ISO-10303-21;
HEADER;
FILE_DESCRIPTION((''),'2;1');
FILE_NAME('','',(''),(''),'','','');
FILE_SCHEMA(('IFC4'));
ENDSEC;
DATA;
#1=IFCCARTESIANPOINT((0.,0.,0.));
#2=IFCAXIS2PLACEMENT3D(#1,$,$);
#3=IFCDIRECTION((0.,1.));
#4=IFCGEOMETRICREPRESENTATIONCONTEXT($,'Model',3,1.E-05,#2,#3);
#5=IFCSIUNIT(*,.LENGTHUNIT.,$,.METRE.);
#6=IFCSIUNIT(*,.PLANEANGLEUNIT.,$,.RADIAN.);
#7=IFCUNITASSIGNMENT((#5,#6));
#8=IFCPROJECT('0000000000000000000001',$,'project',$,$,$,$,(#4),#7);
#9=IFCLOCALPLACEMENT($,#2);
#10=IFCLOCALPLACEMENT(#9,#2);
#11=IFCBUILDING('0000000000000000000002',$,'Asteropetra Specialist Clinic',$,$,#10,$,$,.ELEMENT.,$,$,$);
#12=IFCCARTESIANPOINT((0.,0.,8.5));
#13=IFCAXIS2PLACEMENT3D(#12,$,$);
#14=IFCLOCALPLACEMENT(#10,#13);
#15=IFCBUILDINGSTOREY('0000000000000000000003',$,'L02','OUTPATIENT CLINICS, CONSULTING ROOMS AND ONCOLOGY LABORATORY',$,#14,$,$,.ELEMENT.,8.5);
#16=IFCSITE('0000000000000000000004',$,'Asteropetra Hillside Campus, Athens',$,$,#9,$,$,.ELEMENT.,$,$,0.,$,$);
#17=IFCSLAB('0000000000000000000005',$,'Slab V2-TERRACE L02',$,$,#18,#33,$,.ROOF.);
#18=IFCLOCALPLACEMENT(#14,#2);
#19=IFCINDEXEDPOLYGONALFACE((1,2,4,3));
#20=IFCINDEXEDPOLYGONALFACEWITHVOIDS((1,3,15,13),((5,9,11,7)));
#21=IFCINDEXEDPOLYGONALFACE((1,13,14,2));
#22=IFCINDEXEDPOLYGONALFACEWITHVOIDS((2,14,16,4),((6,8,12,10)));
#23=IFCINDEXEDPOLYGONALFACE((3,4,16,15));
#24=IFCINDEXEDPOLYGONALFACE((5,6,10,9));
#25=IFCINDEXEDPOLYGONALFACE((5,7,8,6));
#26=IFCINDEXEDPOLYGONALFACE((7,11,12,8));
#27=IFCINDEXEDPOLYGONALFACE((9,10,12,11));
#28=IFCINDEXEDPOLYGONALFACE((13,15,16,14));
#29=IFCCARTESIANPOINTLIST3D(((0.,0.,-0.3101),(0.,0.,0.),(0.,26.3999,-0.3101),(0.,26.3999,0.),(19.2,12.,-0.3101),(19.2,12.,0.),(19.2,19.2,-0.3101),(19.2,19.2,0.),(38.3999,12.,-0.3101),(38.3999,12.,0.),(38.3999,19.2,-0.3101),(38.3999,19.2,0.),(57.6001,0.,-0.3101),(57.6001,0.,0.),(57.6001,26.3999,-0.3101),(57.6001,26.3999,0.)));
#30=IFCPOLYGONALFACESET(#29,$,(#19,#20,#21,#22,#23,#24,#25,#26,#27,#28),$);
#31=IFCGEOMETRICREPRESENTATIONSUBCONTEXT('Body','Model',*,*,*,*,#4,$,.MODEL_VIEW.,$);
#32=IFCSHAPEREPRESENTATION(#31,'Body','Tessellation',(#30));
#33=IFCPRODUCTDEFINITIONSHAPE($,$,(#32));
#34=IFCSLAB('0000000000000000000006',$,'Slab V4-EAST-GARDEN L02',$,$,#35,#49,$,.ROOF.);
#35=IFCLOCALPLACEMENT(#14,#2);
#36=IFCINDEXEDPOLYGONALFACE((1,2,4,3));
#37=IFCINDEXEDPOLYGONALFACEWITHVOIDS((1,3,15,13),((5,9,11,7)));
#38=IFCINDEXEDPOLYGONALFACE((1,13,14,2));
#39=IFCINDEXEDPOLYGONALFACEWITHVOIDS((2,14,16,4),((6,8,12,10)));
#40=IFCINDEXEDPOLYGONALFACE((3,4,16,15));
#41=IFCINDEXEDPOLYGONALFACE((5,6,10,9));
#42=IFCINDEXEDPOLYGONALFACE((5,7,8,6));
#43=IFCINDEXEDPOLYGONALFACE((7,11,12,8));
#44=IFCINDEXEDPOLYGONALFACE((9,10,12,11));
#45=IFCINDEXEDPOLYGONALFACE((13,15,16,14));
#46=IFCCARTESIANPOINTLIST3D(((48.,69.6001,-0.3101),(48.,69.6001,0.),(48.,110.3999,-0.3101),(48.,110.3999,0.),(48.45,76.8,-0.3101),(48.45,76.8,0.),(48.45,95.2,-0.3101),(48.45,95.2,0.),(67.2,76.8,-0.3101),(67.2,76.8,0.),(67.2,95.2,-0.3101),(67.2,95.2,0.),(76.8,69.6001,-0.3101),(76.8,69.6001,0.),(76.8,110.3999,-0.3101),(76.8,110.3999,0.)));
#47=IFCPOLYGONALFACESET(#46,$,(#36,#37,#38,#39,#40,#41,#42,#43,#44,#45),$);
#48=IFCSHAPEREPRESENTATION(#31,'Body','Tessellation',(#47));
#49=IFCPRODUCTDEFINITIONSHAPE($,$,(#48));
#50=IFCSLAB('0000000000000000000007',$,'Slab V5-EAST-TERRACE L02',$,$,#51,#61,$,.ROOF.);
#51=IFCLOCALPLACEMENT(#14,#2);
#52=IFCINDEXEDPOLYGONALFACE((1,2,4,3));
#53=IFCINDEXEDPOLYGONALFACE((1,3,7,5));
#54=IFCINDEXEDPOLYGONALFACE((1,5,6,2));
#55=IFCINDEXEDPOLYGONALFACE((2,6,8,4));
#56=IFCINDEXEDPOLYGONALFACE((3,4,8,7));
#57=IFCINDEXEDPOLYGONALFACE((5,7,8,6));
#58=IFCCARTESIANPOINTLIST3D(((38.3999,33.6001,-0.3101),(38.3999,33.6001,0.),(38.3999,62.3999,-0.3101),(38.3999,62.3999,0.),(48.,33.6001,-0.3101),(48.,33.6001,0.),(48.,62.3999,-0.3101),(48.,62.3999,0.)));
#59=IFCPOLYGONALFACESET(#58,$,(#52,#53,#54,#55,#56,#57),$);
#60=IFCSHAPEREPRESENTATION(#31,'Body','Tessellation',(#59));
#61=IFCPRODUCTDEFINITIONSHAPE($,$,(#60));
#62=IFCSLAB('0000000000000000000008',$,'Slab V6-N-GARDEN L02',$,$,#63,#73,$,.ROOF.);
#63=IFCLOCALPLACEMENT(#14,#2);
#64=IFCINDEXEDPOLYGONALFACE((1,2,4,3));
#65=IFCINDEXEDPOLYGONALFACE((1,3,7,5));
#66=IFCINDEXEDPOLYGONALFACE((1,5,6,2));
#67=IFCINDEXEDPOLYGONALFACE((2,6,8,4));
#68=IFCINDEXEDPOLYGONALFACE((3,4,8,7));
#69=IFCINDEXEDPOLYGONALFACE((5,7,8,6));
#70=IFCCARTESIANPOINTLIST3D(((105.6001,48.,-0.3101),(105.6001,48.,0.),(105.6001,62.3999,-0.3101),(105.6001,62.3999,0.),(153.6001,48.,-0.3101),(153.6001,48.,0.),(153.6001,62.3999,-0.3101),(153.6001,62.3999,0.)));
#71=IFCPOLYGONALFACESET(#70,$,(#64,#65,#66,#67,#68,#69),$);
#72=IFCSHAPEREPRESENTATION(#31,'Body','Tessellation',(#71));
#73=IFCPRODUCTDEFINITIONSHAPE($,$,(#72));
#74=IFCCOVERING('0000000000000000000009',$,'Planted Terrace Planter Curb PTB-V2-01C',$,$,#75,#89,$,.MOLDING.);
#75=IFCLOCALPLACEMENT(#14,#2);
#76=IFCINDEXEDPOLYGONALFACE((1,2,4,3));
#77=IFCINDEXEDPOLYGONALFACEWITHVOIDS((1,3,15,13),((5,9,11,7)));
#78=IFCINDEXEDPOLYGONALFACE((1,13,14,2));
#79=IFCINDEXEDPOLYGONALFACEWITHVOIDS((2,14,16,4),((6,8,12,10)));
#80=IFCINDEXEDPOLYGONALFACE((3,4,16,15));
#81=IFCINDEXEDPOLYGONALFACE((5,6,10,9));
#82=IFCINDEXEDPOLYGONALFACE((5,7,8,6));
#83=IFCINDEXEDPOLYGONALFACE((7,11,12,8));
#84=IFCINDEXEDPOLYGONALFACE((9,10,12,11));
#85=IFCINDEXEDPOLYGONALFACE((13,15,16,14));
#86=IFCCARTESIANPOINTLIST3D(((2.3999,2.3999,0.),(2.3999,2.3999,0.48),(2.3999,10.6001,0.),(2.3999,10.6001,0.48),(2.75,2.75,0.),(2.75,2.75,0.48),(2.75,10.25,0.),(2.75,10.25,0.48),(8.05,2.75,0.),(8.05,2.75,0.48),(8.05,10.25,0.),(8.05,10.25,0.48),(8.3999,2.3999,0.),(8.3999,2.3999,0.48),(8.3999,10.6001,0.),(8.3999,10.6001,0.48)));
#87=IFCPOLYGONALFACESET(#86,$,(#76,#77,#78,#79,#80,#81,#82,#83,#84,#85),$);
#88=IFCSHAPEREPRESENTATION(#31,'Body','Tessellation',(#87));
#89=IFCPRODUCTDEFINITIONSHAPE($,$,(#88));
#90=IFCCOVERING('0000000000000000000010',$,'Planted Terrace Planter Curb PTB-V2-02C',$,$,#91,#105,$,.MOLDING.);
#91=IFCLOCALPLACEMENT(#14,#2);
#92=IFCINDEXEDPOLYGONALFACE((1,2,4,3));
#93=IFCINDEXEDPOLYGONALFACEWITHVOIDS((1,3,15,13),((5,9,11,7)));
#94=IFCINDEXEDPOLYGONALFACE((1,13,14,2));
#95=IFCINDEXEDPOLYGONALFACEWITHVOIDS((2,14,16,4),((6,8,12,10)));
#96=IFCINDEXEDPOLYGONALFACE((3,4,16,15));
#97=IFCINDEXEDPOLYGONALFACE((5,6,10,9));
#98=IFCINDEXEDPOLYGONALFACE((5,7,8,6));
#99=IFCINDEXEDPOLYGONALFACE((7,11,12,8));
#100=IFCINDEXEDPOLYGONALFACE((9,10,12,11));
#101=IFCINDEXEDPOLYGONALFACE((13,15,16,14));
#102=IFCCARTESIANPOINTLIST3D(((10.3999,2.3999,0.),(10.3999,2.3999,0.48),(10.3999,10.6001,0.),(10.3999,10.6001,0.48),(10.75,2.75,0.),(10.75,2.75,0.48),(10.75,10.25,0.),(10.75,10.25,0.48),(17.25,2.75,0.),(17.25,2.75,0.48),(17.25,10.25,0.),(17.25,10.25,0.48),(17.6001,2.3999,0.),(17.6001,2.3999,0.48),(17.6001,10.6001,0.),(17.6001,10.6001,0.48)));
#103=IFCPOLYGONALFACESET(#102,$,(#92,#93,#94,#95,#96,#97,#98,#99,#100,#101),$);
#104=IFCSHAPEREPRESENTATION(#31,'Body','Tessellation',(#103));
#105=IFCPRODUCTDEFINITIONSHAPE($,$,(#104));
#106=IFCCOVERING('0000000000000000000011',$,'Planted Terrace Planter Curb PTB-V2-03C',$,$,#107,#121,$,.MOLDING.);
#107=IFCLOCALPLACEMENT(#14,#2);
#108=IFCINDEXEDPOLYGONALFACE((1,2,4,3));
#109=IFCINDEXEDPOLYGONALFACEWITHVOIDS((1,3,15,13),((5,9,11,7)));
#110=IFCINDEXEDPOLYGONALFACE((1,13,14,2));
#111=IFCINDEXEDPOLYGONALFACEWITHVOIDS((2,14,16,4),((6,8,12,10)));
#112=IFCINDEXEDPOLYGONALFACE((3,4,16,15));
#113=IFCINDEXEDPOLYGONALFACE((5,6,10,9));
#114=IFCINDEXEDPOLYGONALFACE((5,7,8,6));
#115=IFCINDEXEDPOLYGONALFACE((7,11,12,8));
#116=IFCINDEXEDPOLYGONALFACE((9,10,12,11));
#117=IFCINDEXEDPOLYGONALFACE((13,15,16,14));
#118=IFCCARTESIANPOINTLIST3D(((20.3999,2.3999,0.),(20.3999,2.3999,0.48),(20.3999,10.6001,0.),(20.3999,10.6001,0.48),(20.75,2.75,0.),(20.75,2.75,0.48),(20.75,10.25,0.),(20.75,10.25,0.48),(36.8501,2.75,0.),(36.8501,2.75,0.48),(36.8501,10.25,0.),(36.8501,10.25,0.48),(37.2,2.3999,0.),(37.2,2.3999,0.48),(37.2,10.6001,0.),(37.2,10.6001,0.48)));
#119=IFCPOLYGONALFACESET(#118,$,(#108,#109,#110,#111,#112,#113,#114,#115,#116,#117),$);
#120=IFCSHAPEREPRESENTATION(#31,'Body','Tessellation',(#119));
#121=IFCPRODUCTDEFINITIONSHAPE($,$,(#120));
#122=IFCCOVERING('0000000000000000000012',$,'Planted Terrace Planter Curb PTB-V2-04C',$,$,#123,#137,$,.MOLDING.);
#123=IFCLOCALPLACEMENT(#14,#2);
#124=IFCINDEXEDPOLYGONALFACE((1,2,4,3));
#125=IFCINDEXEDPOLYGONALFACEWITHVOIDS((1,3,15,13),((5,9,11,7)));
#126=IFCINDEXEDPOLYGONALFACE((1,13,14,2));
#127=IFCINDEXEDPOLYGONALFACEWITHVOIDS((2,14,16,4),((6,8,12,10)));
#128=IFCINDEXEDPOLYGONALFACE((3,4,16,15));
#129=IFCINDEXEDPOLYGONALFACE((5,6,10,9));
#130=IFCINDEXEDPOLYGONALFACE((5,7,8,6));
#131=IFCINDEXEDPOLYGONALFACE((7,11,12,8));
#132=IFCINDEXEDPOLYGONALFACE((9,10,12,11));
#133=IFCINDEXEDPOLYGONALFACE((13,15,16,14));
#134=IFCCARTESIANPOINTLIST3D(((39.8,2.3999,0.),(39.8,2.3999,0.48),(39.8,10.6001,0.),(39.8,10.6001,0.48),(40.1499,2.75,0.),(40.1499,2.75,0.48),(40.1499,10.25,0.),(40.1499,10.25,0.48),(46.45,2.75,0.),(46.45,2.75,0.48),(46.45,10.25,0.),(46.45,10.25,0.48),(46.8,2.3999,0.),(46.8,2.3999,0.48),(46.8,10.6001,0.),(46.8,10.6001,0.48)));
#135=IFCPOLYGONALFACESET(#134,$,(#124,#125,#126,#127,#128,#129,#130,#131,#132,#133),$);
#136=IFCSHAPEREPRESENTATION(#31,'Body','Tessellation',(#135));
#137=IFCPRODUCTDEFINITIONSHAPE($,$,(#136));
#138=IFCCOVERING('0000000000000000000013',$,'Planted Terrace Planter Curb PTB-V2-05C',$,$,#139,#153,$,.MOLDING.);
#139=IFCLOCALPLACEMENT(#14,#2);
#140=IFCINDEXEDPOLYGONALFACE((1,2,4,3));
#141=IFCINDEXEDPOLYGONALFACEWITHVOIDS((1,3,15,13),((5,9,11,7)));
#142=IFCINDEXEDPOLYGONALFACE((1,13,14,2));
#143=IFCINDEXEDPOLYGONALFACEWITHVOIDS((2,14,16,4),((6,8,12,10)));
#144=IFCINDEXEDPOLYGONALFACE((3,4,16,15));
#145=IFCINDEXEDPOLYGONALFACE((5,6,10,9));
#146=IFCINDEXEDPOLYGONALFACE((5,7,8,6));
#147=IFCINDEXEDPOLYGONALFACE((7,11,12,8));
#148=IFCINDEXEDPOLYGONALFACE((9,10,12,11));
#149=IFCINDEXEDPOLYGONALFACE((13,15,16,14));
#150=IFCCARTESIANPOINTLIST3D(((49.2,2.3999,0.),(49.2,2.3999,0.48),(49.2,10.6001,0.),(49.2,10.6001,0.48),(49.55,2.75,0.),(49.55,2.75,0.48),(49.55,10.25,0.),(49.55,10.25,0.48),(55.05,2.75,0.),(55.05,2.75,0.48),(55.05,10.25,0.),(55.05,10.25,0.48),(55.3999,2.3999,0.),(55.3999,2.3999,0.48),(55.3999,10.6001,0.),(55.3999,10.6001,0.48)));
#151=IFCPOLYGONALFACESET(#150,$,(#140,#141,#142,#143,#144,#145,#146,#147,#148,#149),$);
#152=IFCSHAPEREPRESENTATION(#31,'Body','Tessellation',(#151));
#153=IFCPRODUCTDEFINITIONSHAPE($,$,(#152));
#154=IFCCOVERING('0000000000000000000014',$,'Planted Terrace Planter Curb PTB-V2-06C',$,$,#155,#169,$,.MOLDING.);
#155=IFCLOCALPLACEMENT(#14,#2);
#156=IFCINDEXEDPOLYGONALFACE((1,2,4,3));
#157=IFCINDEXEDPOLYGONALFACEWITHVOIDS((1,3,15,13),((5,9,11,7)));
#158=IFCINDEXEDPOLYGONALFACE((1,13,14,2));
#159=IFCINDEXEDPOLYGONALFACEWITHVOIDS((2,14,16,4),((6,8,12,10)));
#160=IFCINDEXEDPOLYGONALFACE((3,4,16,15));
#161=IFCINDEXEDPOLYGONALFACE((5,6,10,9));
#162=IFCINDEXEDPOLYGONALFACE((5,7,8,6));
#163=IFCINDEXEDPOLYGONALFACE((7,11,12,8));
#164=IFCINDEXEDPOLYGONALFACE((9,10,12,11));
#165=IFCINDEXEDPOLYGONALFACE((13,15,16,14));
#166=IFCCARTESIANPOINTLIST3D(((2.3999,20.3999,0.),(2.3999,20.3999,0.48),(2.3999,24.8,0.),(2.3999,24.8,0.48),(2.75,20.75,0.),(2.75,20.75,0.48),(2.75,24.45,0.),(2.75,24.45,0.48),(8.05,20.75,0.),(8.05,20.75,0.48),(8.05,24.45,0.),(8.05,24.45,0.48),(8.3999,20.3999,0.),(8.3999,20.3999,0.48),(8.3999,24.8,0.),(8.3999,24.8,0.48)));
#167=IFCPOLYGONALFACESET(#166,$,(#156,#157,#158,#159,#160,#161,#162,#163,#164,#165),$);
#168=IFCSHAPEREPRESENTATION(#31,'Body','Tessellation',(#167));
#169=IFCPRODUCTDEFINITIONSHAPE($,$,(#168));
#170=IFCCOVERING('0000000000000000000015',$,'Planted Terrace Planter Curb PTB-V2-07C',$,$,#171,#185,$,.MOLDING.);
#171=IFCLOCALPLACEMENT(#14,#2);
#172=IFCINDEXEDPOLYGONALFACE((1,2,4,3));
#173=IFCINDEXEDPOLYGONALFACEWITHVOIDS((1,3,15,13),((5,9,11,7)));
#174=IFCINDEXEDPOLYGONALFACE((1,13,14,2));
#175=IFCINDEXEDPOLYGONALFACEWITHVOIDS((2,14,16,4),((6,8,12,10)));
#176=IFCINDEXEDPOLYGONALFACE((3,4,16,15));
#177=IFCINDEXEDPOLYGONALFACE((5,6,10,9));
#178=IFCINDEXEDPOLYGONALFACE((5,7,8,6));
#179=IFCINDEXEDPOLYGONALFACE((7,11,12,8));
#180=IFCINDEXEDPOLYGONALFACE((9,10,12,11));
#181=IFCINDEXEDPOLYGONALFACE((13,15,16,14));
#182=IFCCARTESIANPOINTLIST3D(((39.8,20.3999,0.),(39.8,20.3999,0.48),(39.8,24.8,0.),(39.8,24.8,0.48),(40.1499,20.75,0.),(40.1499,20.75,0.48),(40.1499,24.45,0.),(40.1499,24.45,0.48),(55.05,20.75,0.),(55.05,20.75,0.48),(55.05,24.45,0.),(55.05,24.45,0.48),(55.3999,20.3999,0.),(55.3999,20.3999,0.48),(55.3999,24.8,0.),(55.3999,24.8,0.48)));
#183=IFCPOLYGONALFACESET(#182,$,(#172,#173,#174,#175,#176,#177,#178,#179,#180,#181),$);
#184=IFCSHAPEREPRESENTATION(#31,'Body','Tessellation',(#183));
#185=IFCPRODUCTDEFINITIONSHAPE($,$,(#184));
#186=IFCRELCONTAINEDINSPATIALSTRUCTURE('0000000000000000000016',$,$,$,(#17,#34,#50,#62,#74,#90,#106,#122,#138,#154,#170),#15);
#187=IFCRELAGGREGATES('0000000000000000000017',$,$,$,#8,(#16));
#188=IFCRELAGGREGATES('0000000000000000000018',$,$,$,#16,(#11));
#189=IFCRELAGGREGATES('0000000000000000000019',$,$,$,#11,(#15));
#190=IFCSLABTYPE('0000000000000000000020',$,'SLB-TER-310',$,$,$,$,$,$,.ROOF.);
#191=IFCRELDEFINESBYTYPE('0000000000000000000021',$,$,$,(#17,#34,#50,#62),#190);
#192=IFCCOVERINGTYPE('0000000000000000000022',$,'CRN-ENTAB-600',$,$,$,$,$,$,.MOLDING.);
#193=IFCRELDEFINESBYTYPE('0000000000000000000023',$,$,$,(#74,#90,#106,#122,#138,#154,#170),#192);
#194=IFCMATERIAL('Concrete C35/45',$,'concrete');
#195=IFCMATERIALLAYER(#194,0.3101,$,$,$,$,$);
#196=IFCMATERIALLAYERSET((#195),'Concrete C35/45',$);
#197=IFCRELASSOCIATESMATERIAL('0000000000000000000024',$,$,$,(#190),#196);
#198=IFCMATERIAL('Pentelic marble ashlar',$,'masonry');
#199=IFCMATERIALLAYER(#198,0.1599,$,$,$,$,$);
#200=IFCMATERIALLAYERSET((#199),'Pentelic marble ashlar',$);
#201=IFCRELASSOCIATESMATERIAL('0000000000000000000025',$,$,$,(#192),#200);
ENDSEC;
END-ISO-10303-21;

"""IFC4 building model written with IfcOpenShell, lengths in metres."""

from ifc_helpers import new_model, si_unit, direction, frame, origin, place, context, subcontext, project, spatial, polyline, outline, extrude, material, layer, layer_set, type_object, element, save


model = new_model("IFC4")

# Units and contexts
model_context = context("Model", 3, precision=1e-05, world=origin(), true_north=direction((0.0, 1.0)))
body_context = subcontext(model_context, "Body", "Model", "MODEL_VIEW")
ifc_project = project(units=[si_unit("LENGTHUNIT", "METRE"), si_unit("PLANEANGLEUNIT", "RADIAN")], contexts=[model_context])

# Site, building, storey
site_placement = place(None, origin())
site = spatial("IfcSite", under=ifc_project, at=site_placement, Name="Asteropetra Hillside Campus, Athens", CompositionType="ELEMENT", RefElevation=0.0)
building_placement = place(site_placement, origin())
building = spatial("IfcBuilding", under=site, at=building_placement, Name="Asteropetra Specialist Clinic", CompositionType="ELEMENT")
storey_placement = place(building_placement, frame((0.0, 0.0, 8.5)))
storey = spatial("IfcBuildingStorey", under=building, at=storey_placement, Name="L02", Description="OUTPATIENT CLINICS, CONSULTING ROOMS AND ONCOLOGY LABORATORY", CompositionType="ELEMENT", Elevation=8.5)

# Slabs
ifc_material_1 = material(Name="Concrete C35/45", Category="concrete")
ifc_layer_1 = layer(ifc_material_1, 0.3101)
ifc_layer_set_1 = layer_set([ifc_layer_1], Name="Concrete C35/45")
slab_type_1 = type_object("IfcSlabType", Name="SLB-TER-310", PredefinedType="ROOF", material=ifc_layer_set_1)
slab_1_placement = place(storey_placement, frame((0.0, 0.0, -0.3101)))
element("IfcSlab", 1, at=slab_1_placement, inside=storey, type_object=slab_type_1, Name="Slab V2-TERRACE L02", PredefinedType="ROOF", context=body_context, shape_type="SweptSolid", body=[
    extrude(outline(polyline([(0.0, 0.0), (57.6001, 0.0), (57.6001, 26.3999), (0.0, 26.3999), (0.0, 0.0)]), holes=[polyline([(19.2, 12.0), (38.3999, 12.0), (38.3999, 19.2), (19.2, 19.2), (19.2, 12.0)])]), origin(), (0.0, 0.0, 1.0), 0.3101),
])
slab_2_placement = place(storey_placement, frame((0.0, 0.0, -0.3101)))
element("IfcSlab", 2, at=slab_2_placement, inside=storey, type_object=slab_type_1, Name="Slab V4-EAST-GARDEN L02", PredefinedType="ROOF", context=body_context, shape_type="SweptSolid", body=[
    extrude(outline(polyline([(48.0, 69.6001), (76.8, 69.6001), (76.8, 110.3999), (48.0, 110.3999), (48.0, 69.6001)]), holes=[polyline([(48.45, 76.8), (67.2, 76.8), (67.2, 95.2), (48.45, 95.2), (48.45, 76.8)])]), origin(), (0.0, 0.0, 1.0), 0.3101),
])
slab_3_placement = place(storey_placement, frame((0.0, 0.0, -0.3101)))
element("IfcSlab", 3, at=slab_3_placement, inside=storey, type_object=slab_type_1, Name="Slab V5-EAST-TERRACE L02", PredefinedType="ROOF", context=body_context, shape_type="SweptSolid", body=[
    extrude(outline(polyline([(38.3999, 33.6001), (48.0, 33.6001), (48.0, 62.3999), (38.3999, 62.3999), (38.3999, 33.6001)])), origin(), (0.0, 0.0, 1.0), 0.3101),
])
slab_4_placement = place(storey_placement, frame((0.0, 0.0, -0.3101)))
element("IfcSlab", 4, at=slab_4_placement, inside=storey, type_object=slab_type_1, Name="Slab V6-N-GARDEN L02", PredefinedType="ROOF", context=body_context, shape_type="SweptSolid", body=[
    extrude(outline(polyline([(105.6001, 48.0), (153.6001, 48.0), (153.6001, 62.3999), (105.6001, 62.3999), (105.6001, 48.0)])), origin(), (0.0, 0.0, 1.0), 0.3101),
])

# Coverings
ifc_material_2 = material(Name="Pentelic marble ashlar", Category="masonry")
ifc_layer_2 = layer(ifc_material_2, 0.1599)
ifc_layer_set_2 = layer_set([ifc_layer_2], Name="Pentelic marble ashlar")
covering_type_1 = type_object("IfcCoveringType", Name="CRN-ENTAB-600", PredefinedType="MOLDING", material=ifc_layer_set_2)
covering_1_placement = place(storey_placement, origin())
element("IfcCovering", 5, at=covering_1_placement, inside=storey, type_object=covering_type_1, Name="Planted Terrace Planter Curb PTB-V2-01C", PredefinedType="MOLDING", context=body_context, shape_type="SweptSolid", body=[
    extrude(outline(polyline([(2.3999, 2.3999), (8.3999, 2.3999), (8.3999, 10.6001), (2.3999, 10.6001), (2.3999, 2.3999)]), holes=[polyline([(2.75, 2.75), (8.05, 2.75), (8.05, 10.25), (2.75, 10.25), (2.75, 2.75)])]), origin(), (0.0, 0.0, 1.0), 0.48),
])
covering_2_placement = place(storey_placement, origin())
element("IfcCovering", 6, at=covering_2_placement, inside=storey, type_object=covering_type_1, Name="Planted Terrace Planter Curb PTB-V2-02C", PredefinedType="MOLDING", context=body_context, shape_type="SweptSolid", body=[
    extrude(outline(polyline([(10.3999, 2.3999), (17.6001, 2.3999), (17.6001, 10.6001), (10.3999, 10.6001), (10.3999, 2.3999)]), holes=[polyline([(10.75, 2.75), (17.25, 2.75), (17.25, 10.25), (10.75, 10.25), (10.75, 2.75)])]), origin(), (0.0, 0.0, 1.0), 0.48),
])
covering_3_placement = place(storey_placement, origin())
element("IfcCovering", 7, at=covering_3_placement, inside=storey, type_object=covering_type_1, Name="Planted Terrace Planter Curb PTB-V2-03C", PredefinedType="MOLDING", context=body_context, shape_type="SweptSolid", body=[
    extrude(outline(polyline([(20.3999, 2.3999), (37.2, 2.3999), (37.2, 10.6001), (20.3999, 10.6001), (20.3999, 2.3999)]), holes=[polyline([(20.75, 2.75), (36.8501, 2.75), (36.8501, 10.25), (20.75, 10.25), (20.75, 2.75)])]), origin(), (0.0, 0.0, 1.0), 0.48),
])
covering_4_placement = place(storey_placement, origin())
element("IfcCovering", 8, at=covering_4_placement, inside=storey, type_object=covering_type_1, Name="Planted Terrace Planter Curb PTB-V2-04C", PredefinedType="MOLDING", context=body_context, shape_type="SweptSolid", body=[
    extrude(outline(polyline([(39.8, 2.3999), (46.8, 2.3999), (46.8, 10.6001), (39.8, 10.6001), (39.8, 2.3999)]), holes=[polyline([(40.1499, 2.75), (46.45, 2.75), (46.45, 10.25), (40.1499, 10.25), (40.1499, 2.75)])]), origin(), (0.0, 0.0, 1.0), 0.48),
])
covering_5_placement = place(storey_placement, origin())
element("IfcCovering", 9, at=covering_5_placement, inside=storey, type_object=covering_type_1, Name="Planted Terrace Planter Curb PTB-V2-05C", PredefinedType="MOLDING", context=body_context, shape_type="SweptSolid", body=[
    extrude(outline(polyline([(49.2, 2.3999), (55.3999, 2.3999), (55.3999, 10.6001), (49.2, 10.6001), (49.2, 2.3999)]), holes=[polyline([(49.55, 2.75), (55.05, 2.75), (55.05, 10.25), (49.55, 10.25), (49.55, 2.75)])]), origin(), (0.0, 0.0, 1.0), 0.48),
])
covering_6_placement = place(storey_placement, origin())
element("IfcCovering", 10, at=covering_6_placement, inside=storey, type_object=covering_type_1, Name="Planted Terrace Planter Curb PTB-V2-06C", PredefinedType="MOLDING", context=body_context, shape_type="SweptSolid", body=[
    extrude(outline(polyline([(2.3999, 20.3999), (8.3999, 20.3999), (8.3999, 24.8), (2.3999, 24.8), (2.3999, 20.3999)]), holes=[polyline([(2.75, 20.75), (8.05, 20.75), (8.05, 24.45), (2.75, 24.45), (2.75, 20.75)])]), origin(), (0.0, 0.0, 1.0), 0.48),
])
covering_7_placement = place(storey_placement, origin())
element("IfcCovering", 11, at=covering_7_placement, inside=storey, type_object=covering_type_1, Name="Planted Terrace Planter Curb PTB-V2-07C", PredefinedType="MOLDING", context=body_context, shape_type="SweptSolid", body=[
    extrude(outline(polyline([(39.8, 20.3999), (55.3999, 20.3999), (55.3999, 24.8), (39.8, 24.8), (39.8, 20.3999)]), holes=[polyline([(40.1499, 20.75), (55.05, 20.75), (55.05, 24.45), (40.1499, 24.45), (40.1499, 20.75)])]), origin(), (0.0, 0.0, 1.0), 0.48),
])

save(model, "model.ifc")
